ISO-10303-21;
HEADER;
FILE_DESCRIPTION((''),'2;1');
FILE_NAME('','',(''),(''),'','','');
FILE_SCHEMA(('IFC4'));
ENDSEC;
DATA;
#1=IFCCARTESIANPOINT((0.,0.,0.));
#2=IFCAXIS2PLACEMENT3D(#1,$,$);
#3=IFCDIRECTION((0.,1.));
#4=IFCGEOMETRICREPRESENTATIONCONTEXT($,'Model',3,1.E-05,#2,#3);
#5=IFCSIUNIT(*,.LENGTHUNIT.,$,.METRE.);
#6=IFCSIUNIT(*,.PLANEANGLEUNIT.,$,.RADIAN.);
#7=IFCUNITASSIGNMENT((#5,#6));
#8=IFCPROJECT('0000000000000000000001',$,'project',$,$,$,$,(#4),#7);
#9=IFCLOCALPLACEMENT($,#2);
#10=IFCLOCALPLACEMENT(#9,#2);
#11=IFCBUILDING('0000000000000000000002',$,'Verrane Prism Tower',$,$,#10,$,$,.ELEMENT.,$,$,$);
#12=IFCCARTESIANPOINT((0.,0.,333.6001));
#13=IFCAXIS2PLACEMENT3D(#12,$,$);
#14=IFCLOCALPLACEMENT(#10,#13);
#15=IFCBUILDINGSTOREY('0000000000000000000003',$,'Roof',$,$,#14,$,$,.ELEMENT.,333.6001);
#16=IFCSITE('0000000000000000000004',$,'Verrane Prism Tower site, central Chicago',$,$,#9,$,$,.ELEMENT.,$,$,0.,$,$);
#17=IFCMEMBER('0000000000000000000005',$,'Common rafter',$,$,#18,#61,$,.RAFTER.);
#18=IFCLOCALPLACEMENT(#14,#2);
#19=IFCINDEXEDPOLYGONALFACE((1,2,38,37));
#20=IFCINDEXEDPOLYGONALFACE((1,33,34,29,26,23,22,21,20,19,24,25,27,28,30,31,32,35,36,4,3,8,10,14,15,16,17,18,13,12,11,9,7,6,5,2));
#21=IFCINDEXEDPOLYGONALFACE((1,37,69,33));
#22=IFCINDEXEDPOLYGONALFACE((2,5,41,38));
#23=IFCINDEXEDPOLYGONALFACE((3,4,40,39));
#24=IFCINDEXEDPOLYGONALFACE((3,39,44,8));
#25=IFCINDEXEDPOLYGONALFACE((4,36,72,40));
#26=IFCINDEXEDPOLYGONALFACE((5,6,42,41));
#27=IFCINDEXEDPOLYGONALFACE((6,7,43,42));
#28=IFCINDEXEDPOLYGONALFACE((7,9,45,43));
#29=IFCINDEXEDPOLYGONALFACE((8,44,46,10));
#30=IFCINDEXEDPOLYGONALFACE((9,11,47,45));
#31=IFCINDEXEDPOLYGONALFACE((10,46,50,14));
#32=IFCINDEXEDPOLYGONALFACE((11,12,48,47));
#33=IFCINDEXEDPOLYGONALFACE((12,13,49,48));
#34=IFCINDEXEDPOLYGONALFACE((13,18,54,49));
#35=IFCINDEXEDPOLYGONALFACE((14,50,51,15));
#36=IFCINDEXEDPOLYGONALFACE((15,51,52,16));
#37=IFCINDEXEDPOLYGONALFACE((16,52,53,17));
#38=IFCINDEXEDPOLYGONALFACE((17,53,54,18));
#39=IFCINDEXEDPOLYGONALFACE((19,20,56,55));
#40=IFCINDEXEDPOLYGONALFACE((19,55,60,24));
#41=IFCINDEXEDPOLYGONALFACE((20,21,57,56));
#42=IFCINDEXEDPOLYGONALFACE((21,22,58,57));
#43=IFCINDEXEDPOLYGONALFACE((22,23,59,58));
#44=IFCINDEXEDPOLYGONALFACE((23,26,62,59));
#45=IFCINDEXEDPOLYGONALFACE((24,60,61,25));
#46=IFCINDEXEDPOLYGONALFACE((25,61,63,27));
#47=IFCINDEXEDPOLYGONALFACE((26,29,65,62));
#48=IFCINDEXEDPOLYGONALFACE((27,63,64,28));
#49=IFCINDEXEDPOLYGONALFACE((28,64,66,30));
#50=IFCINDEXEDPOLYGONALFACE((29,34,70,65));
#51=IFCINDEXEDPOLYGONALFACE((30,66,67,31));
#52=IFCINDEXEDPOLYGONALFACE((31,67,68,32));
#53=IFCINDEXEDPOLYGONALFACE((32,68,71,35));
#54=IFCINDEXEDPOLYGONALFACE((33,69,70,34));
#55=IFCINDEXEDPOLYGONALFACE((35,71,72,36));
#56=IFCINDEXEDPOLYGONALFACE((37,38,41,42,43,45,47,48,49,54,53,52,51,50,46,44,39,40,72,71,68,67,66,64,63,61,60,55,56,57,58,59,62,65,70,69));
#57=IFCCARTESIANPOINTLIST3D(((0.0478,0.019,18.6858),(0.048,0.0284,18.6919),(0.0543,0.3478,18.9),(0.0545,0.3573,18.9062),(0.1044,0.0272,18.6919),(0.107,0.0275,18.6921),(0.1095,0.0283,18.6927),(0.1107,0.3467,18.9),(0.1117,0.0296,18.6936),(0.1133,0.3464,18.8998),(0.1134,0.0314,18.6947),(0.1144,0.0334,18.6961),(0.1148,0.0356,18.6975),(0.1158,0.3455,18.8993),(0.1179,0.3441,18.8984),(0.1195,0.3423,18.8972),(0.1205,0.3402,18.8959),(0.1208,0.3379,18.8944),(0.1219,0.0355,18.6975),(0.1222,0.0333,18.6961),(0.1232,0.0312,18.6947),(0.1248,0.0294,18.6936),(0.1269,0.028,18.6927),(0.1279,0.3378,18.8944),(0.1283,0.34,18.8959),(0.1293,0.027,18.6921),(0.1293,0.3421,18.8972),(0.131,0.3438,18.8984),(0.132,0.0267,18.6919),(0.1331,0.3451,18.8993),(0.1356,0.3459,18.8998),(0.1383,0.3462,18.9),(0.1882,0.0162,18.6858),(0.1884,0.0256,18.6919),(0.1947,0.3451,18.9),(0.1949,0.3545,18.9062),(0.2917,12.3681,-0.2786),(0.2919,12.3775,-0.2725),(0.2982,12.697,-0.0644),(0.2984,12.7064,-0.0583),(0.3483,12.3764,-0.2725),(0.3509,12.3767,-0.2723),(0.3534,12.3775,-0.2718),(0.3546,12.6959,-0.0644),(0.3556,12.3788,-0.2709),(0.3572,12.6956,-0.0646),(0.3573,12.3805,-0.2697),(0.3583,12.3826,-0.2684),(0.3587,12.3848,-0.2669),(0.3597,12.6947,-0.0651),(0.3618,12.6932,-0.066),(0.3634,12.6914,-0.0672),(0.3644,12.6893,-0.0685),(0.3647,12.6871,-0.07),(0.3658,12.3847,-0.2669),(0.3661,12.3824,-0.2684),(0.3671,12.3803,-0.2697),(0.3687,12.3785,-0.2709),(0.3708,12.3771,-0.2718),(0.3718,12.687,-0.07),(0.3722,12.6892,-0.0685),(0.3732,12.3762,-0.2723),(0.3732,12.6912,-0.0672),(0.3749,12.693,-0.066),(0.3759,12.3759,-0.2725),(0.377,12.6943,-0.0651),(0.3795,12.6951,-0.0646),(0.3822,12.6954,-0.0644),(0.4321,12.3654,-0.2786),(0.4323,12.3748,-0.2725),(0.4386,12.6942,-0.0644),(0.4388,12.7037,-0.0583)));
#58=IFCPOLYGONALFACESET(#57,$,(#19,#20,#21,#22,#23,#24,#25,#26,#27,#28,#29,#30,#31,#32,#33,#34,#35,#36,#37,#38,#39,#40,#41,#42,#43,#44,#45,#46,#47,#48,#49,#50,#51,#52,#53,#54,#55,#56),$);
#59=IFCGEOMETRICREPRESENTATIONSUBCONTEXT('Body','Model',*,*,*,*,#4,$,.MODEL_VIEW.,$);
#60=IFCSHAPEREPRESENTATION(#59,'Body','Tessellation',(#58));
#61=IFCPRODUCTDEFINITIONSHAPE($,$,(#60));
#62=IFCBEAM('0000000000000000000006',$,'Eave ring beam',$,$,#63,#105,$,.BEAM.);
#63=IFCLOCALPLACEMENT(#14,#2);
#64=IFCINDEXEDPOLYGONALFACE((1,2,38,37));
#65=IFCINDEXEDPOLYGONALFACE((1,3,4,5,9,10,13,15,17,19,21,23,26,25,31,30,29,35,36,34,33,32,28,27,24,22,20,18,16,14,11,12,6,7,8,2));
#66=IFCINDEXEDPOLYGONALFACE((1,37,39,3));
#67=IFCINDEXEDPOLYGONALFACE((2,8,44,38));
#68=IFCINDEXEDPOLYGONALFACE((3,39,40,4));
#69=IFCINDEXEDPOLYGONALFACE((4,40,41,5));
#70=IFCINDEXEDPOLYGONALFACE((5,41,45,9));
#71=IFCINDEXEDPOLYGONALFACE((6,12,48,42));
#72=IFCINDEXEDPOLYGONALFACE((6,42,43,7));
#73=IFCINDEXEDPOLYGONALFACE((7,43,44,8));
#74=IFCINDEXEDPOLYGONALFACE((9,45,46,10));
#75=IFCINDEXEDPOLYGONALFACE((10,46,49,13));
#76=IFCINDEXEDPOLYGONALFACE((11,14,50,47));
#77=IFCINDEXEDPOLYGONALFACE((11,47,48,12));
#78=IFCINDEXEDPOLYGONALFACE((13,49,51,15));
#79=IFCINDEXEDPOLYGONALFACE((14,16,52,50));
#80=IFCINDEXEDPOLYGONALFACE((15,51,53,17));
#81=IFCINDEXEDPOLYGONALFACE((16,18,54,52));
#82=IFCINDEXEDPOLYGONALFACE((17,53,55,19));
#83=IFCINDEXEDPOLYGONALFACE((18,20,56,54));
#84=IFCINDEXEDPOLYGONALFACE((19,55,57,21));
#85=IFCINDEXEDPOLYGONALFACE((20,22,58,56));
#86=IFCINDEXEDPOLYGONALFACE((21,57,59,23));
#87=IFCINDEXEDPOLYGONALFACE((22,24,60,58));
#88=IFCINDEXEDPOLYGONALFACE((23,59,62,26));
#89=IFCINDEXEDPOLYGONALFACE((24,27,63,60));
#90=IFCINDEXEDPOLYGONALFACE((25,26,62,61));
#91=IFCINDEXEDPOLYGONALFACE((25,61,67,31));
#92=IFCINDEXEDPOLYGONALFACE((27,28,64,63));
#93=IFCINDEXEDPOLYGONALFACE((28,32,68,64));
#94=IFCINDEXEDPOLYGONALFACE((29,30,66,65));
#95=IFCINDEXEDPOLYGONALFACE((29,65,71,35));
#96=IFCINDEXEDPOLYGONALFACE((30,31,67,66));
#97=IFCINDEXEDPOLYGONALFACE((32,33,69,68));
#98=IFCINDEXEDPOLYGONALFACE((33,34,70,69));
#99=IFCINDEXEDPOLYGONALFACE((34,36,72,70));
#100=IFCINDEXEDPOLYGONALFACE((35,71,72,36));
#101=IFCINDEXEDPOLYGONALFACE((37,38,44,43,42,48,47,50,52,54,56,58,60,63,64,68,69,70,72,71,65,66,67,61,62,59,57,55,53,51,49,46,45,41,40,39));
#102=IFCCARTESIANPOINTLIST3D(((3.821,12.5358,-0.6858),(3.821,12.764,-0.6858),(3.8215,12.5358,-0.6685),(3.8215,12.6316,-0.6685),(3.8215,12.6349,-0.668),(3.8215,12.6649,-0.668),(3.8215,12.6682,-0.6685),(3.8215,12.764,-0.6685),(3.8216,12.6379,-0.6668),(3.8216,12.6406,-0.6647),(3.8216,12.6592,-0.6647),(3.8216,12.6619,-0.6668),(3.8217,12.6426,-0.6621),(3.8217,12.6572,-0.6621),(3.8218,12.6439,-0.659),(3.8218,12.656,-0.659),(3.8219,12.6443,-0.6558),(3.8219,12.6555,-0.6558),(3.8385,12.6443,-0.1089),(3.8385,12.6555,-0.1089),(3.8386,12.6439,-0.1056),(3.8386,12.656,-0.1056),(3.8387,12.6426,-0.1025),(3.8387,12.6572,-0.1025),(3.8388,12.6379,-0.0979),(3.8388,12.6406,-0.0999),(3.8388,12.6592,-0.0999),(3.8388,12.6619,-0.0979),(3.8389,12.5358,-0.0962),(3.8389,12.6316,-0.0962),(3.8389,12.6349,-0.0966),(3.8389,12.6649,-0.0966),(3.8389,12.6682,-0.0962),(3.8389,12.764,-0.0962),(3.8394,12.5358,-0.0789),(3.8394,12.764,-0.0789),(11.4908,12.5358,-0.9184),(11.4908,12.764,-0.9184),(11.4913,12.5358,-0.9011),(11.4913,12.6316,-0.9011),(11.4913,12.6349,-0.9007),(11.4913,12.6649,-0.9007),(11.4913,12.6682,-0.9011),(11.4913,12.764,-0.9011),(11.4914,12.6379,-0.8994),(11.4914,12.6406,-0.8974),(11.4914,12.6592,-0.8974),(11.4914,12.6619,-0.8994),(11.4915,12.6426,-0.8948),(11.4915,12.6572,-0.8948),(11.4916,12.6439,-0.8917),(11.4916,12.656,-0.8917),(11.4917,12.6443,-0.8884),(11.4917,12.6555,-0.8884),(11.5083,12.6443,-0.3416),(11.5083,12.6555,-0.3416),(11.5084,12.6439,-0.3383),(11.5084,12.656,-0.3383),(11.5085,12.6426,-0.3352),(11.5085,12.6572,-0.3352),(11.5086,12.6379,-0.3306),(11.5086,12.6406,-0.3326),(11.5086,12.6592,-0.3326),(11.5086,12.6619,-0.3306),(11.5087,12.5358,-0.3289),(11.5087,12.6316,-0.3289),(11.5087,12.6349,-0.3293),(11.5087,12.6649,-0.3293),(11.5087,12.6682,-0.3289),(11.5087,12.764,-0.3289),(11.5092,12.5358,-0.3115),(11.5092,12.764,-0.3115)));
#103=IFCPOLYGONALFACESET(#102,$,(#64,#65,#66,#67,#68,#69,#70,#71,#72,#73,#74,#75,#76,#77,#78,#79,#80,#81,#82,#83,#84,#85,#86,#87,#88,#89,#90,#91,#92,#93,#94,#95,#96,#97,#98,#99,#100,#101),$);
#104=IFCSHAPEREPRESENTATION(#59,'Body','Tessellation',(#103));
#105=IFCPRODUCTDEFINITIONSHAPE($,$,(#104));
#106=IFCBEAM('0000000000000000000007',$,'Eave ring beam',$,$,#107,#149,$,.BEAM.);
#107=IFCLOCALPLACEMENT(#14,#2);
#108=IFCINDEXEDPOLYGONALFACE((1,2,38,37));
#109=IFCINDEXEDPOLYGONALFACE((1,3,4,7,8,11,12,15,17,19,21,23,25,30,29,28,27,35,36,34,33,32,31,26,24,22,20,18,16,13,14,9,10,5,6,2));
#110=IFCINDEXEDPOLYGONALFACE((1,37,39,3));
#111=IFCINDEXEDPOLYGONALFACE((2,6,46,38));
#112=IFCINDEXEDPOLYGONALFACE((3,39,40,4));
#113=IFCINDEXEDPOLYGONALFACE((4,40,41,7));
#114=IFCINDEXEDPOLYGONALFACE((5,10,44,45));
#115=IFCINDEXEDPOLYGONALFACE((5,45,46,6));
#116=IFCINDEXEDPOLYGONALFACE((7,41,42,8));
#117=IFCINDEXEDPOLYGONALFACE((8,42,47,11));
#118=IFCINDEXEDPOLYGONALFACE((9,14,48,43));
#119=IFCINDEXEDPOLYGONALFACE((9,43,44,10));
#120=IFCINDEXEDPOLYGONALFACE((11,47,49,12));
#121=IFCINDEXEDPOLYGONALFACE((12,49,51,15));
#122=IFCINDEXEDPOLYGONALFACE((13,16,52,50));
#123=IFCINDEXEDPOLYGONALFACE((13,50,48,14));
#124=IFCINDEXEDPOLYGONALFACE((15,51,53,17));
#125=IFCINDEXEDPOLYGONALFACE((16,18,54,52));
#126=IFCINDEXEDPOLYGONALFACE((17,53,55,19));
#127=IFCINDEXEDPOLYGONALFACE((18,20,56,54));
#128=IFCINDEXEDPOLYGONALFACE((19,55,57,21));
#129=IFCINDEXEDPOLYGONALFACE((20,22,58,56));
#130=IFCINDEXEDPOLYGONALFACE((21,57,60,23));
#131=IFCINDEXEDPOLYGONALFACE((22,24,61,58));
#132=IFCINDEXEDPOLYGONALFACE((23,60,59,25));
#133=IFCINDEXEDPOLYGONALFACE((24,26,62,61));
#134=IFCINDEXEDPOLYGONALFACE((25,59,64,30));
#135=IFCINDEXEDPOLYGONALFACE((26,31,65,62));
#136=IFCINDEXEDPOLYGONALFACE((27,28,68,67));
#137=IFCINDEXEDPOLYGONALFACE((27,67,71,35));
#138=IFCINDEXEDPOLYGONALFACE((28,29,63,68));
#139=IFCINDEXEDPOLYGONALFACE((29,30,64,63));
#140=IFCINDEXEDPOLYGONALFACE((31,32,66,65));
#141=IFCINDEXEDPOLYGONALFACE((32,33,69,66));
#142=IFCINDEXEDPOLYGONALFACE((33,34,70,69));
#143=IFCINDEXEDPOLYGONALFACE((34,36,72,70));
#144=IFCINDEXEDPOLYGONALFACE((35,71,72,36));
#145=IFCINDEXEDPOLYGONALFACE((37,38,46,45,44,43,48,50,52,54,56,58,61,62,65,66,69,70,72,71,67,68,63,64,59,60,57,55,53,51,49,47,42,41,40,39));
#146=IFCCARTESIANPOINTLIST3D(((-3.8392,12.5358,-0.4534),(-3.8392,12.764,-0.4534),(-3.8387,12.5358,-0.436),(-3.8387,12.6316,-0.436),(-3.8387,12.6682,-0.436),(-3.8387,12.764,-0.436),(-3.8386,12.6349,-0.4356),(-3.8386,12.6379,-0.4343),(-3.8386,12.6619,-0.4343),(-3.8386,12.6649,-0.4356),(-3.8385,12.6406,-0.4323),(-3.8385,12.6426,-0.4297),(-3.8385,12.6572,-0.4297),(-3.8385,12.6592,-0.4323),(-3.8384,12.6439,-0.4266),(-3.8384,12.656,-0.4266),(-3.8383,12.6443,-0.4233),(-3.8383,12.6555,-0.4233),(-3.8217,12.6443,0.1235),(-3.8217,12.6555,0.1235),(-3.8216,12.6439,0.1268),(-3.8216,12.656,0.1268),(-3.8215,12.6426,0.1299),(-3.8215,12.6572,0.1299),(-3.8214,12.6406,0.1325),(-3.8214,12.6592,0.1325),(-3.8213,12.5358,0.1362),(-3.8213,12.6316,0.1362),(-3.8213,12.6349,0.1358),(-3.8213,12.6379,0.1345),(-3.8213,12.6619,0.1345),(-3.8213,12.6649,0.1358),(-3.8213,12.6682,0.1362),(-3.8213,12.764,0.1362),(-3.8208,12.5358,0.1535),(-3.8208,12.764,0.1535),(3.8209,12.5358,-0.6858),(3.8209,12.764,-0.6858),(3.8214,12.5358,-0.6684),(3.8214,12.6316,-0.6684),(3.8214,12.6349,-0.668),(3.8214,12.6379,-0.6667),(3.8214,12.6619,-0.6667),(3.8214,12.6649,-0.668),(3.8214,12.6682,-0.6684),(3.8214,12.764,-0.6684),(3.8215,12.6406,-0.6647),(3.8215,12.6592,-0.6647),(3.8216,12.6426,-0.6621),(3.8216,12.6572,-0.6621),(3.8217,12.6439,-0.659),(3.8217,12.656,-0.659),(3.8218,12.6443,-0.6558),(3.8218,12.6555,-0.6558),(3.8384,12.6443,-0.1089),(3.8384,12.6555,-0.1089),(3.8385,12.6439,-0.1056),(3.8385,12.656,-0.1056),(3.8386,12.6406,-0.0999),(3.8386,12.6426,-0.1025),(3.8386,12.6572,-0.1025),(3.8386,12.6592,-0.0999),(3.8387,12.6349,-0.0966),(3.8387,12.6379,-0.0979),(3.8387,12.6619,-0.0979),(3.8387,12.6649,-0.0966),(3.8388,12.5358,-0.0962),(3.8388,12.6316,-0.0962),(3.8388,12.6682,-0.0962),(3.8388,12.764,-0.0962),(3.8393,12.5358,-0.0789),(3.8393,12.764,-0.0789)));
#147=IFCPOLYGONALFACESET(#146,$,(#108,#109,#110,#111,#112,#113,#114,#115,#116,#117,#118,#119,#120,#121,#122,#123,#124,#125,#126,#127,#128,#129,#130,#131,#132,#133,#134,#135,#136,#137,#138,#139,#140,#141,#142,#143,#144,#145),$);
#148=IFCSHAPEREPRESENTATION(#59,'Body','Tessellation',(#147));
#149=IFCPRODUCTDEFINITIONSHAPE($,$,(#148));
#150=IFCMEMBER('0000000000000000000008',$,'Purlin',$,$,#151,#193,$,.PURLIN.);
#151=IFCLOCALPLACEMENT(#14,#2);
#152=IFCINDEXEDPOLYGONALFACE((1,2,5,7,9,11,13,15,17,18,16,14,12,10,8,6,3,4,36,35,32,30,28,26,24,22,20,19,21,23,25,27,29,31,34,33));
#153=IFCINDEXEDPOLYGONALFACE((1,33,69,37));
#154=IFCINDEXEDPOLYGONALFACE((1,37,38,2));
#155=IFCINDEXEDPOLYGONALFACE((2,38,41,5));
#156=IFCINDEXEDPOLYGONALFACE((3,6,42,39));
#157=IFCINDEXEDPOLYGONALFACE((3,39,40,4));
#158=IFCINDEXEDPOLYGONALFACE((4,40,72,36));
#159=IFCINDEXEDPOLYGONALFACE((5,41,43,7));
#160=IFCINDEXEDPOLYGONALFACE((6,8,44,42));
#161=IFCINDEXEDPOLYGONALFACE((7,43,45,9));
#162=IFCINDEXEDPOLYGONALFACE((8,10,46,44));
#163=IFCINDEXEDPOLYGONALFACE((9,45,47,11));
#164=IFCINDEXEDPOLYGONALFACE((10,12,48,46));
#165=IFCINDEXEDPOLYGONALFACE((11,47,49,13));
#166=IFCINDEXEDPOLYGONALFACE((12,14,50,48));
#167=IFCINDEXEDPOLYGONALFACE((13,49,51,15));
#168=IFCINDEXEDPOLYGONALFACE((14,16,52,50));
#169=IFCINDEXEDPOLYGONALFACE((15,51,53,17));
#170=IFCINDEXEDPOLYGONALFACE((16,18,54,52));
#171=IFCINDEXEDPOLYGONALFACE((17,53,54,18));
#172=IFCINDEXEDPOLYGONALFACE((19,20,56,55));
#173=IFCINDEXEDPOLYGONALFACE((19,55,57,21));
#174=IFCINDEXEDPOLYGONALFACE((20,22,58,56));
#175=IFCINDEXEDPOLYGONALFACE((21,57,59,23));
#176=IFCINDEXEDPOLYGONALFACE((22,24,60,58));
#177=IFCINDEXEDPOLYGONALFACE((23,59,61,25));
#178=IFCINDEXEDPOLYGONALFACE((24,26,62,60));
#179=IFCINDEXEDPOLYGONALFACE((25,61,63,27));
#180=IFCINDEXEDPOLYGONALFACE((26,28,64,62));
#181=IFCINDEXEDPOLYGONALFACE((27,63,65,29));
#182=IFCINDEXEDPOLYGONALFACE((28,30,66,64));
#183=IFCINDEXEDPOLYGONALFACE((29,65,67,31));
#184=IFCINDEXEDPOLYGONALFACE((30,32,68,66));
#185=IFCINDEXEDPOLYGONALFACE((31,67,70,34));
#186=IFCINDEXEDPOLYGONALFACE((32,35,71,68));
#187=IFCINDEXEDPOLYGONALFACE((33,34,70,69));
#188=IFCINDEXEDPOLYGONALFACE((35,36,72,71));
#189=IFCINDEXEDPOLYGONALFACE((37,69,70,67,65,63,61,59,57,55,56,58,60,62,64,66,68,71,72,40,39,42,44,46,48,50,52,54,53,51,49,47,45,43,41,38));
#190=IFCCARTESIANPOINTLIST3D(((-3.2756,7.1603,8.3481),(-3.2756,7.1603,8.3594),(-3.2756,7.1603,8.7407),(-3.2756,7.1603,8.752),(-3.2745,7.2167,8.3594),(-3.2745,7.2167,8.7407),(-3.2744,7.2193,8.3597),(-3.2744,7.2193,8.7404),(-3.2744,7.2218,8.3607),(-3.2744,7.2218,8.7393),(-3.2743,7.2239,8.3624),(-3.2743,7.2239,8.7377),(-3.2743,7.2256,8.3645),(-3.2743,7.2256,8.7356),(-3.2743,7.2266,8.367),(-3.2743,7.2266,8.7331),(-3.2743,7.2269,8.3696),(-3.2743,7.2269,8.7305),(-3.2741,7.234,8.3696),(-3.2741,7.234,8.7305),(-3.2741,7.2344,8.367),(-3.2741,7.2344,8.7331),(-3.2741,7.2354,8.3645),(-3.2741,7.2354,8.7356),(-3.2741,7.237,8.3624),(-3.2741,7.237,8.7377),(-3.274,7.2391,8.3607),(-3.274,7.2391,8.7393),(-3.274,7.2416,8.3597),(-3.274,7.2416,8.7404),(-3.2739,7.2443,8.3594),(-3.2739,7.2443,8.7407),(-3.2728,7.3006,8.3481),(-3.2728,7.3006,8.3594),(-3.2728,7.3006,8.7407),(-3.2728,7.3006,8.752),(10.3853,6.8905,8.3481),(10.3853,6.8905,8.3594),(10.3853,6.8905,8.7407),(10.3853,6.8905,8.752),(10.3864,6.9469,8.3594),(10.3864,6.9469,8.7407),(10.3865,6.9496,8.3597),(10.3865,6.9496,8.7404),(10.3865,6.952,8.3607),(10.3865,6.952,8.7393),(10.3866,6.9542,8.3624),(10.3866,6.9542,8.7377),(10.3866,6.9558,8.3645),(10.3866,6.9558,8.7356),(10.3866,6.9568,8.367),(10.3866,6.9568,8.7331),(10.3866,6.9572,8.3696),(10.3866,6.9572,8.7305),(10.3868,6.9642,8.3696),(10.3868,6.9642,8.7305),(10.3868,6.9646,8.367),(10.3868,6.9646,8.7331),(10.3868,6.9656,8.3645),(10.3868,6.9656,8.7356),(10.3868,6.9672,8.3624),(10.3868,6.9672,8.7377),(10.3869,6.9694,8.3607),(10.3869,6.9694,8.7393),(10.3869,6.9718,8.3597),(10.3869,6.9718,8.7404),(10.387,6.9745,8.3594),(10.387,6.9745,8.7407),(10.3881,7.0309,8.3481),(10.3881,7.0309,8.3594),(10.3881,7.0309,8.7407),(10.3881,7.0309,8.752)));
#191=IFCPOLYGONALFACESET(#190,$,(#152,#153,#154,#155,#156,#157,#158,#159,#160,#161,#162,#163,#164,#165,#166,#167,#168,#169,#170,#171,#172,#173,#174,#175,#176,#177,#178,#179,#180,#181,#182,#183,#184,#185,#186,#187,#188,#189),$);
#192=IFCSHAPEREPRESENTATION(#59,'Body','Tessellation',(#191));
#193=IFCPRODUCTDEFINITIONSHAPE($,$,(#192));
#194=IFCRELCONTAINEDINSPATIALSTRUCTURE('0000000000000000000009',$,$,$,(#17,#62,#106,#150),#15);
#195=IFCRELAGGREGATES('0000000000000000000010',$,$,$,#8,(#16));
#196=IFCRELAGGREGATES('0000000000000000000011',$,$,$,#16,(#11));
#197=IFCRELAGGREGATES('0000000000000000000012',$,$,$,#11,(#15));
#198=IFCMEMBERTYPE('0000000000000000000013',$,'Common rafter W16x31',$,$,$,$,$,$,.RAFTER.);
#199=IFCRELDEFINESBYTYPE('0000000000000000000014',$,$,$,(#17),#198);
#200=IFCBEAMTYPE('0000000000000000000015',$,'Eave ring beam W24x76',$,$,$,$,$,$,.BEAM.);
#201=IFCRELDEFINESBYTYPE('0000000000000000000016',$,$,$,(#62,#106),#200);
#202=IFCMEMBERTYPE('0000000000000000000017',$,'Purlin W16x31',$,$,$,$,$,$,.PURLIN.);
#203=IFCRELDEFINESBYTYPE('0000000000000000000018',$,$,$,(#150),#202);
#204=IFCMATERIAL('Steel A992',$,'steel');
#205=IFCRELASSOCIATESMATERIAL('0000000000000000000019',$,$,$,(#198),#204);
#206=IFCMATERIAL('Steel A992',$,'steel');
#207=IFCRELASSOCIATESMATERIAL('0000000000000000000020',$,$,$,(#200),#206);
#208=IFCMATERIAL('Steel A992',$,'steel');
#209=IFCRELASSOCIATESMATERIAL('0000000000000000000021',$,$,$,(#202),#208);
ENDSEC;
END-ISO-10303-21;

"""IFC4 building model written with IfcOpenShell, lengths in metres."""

from ifc_helpers import new_model, si_unit, direction, frame, origin, origin_2d, place, context, subcontext, project, spatial, i_section, extrude, material, material_profile, profile_set, type_object, element, save


model = new_model("IFC4")

# Units and contexts
model_context = context("Model", 3, precision=1e-05, world=origin(), true_north=direction((0.0, 1.0)))
body_context = subcontext(model_context, "Body", "Model", "MODEL_VIEW")
ifc_project = project(units=[si_unit("LENGTHUNIT", "METRE"), si_unit("PLANEANGLEUNIT", "RADIAN")], contexts=[model_context])

# Site, building, storey
site_placement = place(None, origin())
site = spatial("IfcSite", under=ifc_project, at=site_placement, Name="Verrane Prism Tower site, central Chicago", CompositionType="ELEMENT", RefElevation=0.0)
building_placement = place(site_placement, origin())
building = spatial("IfcBuilding", under=site, at=building_placement, Name="Verrane Prism Tower", CompositionType="ELEMENT")
storey_placement = place(building_placement, frame((0.0, 0.0, 333.6001)))
storey = spatial("IfcBuildingStorey", under=building, at=storey_placement, Name="Roof", CompositionType="ELEMENT", Elevation=333.6001)

# Member
ifc_material_1 = material(Name="Steel A992", Category="steel")
ifc_material_profile_1 = material_profile(ifc_material_1, i_section(OverallWidth=0.1404, OverallDepth=0.4038, WebThickness=0.0071, FlangeThickness=0.0112, FilletRadius=0.0103, at=origin_2d()), Name="W16x31")
ifc_profile_set_1 = profile_set([ifc_material_profile_1], Name="Steel A992")
member_type_1 = type_object("IfcMemberType", Name="Common rafter W16x31", PredefinedType="RAFTER", material=ifc_profile_set_1)
member_1_placement = place(storey_placement, frame((0.3652, 12.5359, -0.1685), z_axis=(-0.010777, -0.545649, 0.837945), x_axis=(0.999805, -0.019746, 0.0)))
element("IfcMember", 1, at=member_1_placement, inside=storey, type_object=member_type_1, Name="Common rafter", PredefinedType="RAFTER", context=body_context, shape_type="SweptSolid", body=[
    extrude(i_section(OverallWidth=0.1404, OverallDepth=0.4038, WebThickness=0.0071, FlangeThickness=0.0112, FilletRadius=0.0103, at=origin_2d()), origin(), (0.0, 0.0, 1.0), 22.6321),
])

# Beams
ifc_material_2 = material(Name="Steel A992", Category="steel")
ifc_material_profile_2 = material_profile(ifc_material_2, i_section(OverallWidth=0.2283, OverallDepth=0.6072, WebThickness=0.0112, FlangeThickness=0.0173, FilletRadius=0.0127, at=origin_2d()), Name="W24x76")
ifc_profile_set_2 = profile_set([ifc_material_profile_2], Name="Steel A992")
beam_type = type_object("IfcBeamType", Name="Eave ring beam W24x76", PredefinedType="BEAM", material=ifc_profile_set_2)
beam_1_placement = place(storey_placement, frame((11.5, 12.6499, -0.615), z_axis=(-0.99954, 0.0, 0.030321), x_axis=(0.0, -1.0, 0.0)))
element("IfcBeam", 2, at=beam_1_placement, inside=storey, type_object=beam_type, Name="Eave ring beam", PredefinedType="BEAM", context=body_context, shape_type="SweptSolid", body=[
    extrude(i_section(OverallWidth=0.2283, OverallDepth=0.6072, WebThickness=0.0112, FlangeThickness=0.0173, FilletRadius=0.0127, at=origin_2d()), origin(), (0.0, 0.0, 1.0), 7.6733),
])
beam_2_placement = place(storey_placement, frame((3.8301, 12.6499, -0.3823), z_axis=(-0.99954, 0.0, 0.030328), x_axis=(0.0, -1.0, 0.0)))
element("IfcBeam", 3, at=beam_2_placement, inside=storey, type_object=beam_type, Name="Eave ring beam", PredefinedType="BEAM", context=body_context, shape_type="SweptSolid", body=[
    extrude(i_section(OverallWidth=0.2283, OverallDepth=0.6072, WebThickness=0.0112, FlangeThickness=0.0173, FilletRadius=0.0127, at=origin_2d()), origin(), (0.0, 0.0, 1.0), 7.6636),
])

# Member
ifc_material_3 = material(Name="Steel A992", Category="steel")
ifc_material_profile_3 = material_profile(ifc_material_3, i_section(OverallWidth=0.1404, OverallDepth=0.4038, WebThickness=0.0071, FlangeThickness=0.0112, FilletRadius=0.0103, at=origin_2d()), Name="W16x31")
ifc_profile_set_3 = profile_set([ifc_material_profile_3], Name="Steel A992")
member_type_2 = type_object("IfcMemberType", Name="Purlin W16x31", PredefinedType="PURLIN", material=ifc_profile_set_3)
member_2_placement = place(storey_placement, frame((10.3867, 6.9607, 8.55), z_axis=(-0.999805, 0.019744, 0.0), x_axis=(-0.019744, -0.999805, 0.0)))
element("IfcMember", 4, at=member_2_placement, inside=storey, type_object=member_type_2, Name="Purlin", PredefinedType="PURLIN", context=body_context, shape_type="SweptSolid", body=[
    extrude(i_section(OverallWidth=0.1404, OverallDepth=0.4038, WebThickness=0.0071, FlangeThickness=0.0112, FilletRadius=0.0103, at=origin_2d()), origin(), (0.0, 0.0, 1.0), 13.6636),
])

save(model, "model.ifc")
